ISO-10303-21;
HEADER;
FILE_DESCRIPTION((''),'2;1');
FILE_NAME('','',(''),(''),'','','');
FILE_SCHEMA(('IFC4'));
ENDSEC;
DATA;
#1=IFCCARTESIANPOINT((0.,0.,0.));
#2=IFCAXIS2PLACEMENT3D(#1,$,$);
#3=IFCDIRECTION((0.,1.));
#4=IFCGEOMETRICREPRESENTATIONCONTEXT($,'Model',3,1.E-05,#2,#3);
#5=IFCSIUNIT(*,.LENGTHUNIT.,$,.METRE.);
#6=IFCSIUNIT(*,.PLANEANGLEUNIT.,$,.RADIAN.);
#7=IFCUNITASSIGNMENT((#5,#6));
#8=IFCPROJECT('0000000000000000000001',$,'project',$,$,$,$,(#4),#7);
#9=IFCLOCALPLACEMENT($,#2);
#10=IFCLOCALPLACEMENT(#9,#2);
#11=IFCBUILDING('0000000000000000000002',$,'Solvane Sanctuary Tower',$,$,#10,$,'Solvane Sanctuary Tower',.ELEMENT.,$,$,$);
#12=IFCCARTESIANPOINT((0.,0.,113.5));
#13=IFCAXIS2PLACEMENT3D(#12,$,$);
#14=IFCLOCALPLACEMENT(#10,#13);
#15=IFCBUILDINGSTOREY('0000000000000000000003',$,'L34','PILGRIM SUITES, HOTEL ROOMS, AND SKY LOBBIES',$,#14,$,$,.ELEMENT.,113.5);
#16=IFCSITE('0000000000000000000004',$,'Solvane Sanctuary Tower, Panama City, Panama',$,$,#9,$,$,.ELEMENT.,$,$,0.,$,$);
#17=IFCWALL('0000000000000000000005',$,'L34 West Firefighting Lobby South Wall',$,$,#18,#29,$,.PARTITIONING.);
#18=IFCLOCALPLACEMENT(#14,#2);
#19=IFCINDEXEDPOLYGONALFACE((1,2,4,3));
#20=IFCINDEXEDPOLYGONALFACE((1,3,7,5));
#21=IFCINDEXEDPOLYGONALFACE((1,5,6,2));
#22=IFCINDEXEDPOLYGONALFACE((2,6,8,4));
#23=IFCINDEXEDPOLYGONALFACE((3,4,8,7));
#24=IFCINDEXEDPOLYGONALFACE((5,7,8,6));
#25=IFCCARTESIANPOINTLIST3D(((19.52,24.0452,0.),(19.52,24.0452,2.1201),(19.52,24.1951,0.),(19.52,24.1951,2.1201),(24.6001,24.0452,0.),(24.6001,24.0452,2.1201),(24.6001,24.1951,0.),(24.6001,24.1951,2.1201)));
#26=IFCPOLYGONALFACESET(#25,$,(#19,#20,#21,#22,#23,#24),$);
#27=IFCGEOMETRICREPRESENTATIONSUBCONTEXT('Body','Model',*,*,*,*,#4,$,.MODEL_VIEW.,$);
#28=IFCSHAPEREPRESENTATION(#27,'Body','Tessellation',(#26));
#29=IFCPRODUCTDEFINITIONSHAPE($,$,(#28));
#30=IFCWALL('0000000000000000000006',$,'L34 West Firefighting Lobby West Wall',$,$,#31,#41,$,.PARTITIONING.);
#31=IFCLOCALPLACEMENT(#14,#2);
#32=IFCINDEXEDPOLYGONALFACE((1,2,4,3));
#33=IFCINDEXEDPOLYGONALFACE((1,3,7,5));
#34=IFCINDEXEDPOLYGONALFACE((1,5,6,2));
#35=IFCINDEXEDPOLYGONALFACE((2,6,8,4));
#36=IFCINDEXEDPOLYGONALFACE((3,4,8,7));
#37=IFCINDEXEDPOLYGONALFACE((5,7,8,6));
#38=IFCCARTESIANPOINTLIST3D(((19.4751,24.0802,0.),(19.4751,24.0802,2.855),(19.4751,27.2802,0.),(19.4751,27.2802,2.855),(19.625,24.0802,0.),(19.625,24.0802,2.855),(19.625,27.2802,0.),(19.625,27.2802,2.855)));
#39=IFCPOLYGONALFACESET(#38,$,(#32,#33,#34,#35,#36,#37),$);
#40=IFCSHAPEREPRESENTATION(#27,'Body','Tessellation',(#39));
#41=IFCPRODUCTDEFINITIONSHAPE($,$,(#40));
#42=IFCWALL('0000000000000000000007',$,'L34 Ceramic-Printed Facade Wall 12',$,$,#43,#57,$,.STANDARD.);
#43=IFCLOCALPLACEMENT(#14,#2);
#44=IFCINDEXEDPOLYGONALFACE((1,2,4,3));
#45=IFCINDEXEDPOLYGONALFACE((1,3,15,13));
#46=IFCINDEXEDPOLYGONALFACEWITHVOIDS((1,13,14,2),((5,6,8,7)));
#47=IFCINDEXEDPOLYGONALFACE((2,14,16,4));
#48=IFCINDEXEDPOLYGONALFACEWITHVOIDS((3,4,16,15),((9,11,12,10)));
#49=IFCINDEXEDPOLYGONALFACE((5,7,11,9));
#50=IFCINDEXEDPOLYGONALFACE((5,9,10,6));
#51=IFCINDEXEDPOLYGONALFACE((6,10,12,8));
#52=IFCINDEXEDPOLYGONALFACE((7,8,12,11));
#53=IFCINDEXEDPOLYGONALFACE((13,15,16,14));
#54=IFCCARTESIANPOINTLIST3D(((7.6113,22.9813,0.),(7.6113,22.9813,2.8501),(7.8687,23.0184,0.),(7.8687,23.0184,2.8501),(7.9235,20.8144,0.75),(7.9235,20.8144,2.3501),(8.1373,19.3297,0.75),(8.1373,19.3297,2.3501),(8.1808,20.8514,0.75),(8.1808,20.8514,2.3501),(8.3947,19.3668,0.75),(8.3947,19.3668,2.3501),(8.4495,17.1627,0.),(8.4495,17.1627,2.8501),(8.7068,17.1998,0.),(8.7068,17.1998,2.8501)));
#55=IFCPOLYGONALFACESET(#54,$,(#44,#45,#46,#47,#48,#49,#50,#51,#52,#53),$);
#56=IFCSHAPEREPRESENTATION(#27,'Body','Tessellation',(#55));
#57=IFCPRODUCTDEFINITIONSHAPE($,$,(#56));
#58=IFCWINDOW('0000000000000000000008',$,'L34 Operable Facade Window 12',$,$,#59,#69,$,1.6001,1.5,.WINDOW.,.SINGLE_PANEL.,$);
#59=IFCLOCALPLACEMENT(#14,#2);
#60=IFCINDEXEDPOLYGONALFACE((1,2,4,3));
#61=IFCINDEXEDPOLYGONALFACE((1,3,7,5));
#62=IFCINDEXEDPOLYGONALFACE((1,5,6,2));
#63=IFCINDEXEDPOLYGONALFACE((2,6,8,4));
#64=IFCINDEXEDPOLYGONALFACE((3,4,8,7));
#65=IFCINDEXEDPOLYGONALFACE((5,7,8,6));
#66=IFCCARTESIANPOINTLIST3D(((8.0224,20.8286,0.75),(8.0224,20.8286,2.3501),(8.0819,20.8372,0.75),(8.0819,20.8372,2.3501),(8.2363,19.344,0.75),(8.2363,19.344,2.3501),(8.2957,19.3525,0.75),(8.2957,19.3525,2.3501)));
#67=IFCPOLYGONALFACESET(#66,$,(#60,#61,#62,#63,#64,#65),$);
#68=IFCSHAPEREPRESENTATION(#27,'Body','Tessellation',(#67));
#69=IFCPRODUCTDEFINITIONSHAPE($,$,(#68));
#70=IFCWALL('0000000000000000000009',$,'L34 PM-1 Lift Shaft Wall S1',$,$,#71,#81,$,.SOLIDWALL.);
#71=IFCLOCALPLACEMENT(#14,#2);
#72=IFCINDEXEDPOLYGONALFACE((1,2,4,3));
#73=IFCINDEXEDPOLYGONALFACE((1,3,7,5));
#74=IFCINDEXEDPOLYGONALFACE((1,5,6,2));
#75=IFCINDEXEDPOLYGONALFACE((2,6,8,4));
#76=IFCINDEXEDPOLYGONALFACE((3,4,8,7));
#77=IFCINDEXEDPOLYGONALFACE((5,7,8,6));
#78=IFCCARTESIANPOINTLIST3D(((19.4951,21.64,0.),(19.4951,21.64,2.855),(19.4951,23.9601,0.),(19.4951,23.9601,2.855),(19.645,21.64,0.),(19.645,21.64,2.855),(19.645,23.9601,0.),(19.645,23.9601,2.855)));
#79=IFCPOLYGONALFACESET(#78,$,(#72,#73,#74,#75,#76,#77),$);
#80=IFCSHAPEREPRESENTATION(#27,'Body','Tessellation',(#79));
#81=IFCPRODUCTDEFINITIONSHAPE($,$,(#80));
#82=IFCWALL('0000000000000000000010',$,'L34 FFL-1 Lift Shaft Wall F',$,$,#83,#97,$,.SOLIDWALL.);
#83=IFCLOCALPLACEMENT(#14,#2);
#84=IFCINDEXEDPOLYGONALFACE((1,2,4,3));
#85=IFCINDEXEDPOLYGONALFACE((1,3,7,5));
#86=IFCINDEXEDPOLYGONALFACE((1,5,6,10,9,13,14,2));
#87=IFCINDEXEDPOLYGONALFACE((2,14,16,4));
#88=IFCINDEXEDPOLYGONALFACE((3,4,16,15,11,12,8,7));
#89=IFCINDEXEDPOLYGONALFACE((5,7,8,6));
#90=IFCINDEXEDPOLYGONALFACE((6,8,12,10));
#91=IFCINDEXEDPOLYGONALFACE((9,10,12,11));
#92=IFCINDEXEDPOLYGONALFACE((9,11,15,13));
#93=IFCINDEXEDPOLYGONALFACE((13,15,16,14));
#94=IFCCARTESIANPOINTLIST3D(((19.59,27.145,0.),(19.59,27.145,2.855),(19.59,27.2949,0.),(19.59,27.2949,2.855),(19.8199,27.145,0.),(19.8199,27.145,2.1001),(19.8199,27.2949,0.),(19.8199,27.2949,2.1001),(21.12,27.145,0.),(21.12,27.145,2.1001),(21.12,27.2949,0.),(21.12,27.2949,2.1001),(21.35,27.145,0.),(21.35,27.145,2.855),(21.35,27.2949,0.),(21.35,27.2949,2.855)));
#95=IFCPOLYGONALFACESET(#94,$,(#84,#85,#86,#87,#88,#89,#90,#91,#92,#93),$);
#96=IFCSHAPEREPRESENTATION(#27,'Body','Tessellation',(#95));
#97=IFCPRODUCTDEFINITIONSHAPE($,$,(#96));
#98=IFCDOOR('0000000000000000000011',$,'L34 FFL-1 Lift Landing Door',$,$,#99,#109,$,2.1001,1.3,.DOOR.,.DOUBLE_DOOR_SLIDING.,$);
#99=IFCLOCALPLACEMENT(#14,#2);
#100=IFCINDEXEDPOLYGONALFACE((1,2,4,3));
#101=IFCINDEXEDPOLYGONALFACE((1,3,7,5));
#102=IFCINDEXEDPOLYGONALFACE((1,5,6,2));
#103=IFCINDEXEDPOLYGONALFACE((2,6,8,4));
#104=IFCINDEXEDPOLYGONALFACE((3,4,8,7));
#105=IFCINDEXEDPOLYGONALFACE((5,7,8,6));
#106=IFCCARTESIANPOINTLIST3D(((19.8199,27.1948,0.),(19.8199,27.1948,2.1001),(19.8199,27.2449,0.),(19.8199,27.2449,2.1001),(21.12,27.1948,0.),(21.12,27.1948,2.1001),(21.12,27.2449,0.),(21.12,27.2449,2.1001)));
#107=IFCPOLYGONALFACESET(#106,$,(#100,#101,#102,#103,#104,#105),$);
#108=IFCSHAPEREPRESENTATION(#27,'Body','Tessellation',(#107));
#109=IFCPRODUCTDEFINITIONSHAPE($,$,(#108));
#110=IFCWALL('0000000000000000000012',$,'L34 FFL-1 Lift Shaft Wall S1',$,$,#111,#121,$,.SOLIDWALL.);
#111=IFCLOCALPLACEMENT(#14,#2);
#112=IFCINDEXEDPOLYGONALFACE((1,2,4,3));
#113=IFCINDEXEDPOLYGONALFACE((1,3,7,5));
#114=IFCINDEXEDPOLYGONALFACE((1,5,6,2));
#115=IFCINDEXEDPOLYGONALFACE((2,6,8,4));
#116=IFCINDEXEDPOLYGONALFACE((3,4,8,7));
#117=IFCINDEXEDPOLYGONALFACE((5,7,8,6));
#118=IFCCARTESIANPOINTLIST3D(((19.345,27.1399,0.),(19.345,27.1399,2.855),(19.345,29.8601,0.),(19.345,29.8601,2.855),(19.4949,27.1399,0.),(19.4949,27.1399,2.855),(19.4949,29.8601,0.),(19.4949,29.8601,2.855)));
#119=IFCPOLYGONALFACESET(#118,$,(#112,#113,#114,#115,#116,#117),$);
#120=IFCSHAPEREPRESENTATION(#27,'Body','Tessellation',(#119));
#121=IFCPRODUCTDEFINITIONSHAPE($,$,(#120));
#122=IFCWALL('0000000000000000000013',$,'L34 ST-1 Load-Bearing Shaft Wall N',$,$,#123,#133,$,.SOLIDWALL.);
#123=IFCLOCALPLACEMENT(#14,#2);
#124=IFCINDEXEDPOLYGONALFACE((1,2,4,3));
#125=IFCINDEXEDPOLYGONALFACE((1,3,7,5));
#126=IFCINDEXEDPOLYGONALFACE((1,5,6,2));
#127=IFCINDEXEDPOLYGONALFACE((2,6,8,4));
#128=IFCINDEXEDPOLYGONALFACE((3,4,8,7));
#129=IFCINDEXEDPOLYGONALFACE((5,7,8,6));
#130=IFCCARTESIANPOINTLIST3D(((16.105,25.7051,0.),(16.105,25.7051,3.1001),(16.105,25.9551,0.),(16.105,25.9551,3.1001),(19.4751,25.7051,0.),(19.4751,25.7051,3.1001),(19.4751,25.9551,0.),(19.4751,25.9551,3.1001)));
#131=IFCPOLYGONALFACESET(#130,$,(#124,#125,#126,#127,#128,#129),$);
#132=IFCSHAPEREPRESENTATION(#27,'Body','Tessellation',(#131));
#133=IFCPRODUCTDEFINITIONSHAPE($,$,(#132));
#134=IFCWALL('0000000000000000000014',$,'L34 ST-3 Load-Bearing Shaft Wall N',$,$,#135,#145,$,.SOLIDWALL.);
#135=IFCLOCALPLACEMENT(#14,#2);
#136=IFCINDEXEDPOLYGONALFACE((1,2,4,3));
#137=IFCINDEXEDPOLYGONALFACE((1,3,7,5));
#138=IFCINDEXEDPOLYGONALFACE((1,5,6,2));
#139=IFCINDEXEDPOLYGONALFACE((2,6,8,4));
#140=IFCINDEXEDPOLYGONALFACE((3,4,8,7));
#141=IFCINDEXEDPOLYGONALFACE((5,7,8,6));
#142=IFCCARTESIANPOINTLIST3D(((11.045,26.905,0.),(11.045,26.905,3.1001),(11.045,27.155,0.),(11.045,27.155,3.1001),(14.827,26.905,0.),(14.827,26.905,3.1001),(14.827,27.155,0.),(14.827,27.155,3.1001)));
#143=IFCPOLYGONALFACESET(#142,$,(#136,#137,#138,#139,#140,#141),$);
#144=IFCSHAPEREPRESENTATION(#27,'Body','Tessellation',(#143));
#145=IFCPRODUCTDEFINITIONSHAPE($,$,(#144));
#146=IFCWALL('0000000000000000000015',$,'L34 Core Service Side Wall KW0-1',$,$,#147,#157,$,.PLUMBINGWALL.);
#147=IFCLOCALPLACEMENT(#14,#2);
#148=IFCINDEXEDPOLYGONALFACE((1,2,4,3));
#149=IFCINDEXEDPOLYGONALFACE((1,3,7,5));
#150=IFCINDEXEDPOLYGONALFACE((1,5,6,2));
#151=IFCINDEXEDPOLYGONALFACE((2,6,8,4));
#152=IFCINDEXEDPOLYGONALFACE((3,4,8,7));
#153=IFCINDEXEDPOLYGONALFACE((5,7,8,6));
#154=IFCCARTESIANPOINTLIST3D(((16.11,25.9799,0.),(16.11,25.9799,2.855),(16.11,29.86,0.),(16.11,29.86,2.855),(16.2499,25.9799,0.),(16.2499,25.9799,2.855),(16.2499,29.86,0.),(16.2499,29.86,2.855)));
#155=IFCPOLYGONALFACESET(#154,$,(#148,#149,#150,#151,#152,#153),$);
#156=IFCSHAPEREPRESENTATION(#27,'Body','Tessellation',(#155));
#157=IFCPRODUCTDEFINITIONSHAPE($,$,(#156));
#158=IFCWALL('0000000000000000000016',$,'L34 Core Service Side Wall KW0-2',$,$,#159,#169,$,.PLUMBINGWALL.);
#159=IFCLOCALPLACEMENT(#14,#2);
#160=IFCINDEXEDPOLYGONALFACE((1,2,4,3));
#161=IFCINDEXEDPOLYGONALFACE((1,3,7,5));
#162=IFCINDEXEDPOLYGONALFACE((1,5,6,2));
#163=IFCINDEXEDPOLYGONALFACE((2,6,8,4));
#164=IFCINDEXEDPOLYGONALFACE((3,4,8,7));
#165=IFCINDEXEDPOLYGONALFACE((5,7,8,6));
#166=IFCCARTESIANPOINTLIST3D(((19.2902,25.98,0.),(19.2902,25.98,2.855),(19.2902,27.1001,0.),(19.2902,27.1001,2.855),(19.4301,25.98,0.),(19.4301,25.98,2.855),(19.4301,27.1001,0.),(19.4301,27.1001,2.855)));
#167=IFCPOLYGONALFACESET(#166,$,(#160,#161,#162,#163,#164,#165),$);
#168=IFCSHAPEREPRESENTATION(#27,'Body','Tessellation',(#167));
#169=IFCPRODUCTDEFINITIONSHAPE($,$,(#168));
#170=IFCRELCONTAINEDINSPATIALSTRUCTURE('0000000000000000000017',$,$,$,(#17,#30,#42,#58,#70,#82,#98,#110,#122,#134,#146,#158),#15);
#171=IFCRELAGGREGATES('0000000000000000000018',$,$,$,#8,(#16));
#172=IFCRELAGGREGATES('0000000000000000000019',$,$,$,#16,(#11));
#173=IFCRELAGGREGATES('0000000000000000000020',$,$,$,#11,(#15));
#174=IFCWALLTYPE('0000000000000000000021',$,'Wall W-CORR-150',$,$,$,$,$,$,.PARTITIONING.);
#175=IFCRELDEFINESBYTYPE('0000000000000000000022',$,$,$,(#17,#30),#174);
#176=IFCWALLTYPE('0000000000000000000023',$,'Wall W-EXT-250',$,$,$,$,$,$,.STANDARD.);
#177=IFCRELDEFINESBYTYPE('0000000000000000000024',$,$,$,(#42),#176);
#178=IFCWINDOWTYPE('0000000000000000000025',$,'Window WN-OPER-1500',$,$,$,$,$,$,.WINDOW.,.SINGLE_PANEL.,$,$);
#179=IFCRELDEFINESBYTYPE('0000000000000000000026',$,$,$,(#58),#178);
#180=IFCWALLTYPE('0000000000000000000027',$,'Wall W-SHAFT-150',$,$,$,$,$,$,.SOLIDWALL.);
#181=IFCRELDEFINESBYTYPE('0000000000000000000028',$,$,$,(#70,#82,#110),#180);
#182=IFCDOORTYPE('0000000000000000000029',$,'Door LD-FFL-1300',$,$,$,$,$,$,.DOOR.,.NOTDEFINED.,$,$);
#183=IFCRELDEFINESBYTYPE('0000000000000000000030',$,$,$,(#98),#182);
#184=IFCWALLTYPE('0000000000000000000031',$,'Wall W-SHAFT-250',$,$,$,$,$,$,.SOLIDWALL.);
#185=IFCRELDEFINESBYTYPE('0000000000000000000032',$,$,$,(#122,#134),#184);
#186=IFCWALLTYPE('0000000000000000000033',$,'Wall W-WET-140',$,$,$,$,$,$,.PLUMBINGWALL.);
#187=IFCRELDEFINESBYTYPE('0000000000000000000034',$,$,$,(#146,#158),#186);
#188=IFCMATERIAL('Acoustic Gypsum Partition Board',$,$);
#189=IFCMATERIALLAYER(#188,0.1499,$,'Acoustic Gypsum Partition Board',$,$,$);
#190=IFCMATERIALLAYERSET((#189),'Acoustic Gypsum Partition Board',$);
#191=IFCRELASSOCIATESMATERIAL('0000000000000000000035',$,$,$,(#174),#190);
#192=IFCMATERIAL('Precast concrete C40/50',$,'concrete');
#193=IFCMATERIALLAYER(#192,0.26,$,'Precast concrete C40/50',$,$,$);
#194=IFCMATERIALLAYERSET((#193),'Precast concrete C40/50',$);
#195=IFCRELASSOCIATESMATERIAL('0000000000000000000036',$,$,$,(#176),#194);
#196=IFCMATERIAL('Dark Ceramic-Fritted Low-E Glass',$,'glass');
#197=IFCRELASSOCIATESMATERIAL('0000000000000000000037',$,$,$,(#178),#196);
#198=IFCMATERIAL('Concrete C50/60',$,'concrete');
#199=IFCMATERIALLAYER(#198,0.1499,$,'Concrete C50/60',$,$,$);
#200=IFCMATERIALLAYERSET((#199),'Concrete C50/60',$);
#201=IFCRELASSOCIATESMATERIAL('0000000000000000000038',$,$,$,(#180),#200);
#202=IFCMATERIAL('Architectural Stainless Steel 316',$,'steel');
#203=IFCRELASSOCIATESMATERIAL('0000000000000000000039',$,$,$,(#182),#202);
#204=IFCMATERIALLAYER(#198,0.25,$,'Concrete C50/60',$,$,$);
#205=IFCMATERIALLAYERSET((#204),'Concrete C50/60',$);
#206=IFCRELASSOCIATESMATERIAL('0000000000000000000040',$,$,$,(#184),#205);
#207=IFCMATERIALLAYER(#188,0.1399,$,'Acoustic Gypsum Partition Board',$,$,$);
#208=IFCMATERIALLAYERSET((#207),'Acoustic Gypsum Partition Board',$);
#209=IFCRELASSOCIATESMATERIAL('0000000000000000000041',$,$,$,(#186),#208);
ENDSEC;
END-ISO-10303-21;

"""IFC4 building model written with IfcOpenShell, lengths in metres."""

from ifc_helpers import new_model, si_unit, direction, frame, frame_2d, origin, place, context, subcontext, project, spatial, rectangle, extrude, material, layer, layer_set, type_object, element, fill, save


model = new_model("IFC4")

# Units and contexts
model_context = context("Model", 3, precision=1e-05, world=origin(), true_north=direction((0.0, 1.0)))
body_context = subcontext(model_context, "Body", "Model", "MODEL_VIEW")
ifc_project = project(units=[si_unit("LENGTHUNIT", "METRE"), si_unit("PLANEANGLEUNIT", "RADIAN")], contexts=[model_context])

# Site, building, storey
site_placement = place(None, origin())
site = spatial("IfcSite", under=ifc_project, at=site_placement, Name="Solvane Sanctuary Tower, Panama City, Panama", CompositionType="ELEMENT", RefElevation=0.0)
building_placement = place(site_placement, origin())
building = spatial("IfcBuilding", under=site, at=building_placement, Name="Solvane Sanctuary Tower", LongName="Solvane Sanctuary Tower", CompositionType="ELEMENT")
storey_placement = place(building_placement, frame((0.0, 0.0, 113.5)))
storey = spatial("IfcBuildingStorey", under=building, at=storey_placement, Name="L34", Description="PILGRIM SUITES, HOTEL ROOMS, AND SKY LOBBIES", CompositionType="ELEMENT", Elevation=113.5)

# Walls
ifc_material_1 = material(Name="Acoustic Gypsum Partition Board")
ifc_layer_1 = layer(ifc_material_1, 0.1499, Name="Acoustic Gypsum Partition Board")
ifc_layer_set_1 = layer_set([ifc_layer_1], Name="Acoustic Gypsum Partition Board")
wall_type_1 = type_object("IfcWallType", Name="Wall W-CORR-150", PredefinedType="PARTITIONING", material=ifc_layer_set_1)
wall_1_placement = place(storey_placement, frame((19.52, 24.1201, 0.0), z_axis=(0.0, 0.0, 1.0), x_axis=(1.0, 0.0, 0.0)))
element("IfcWall", 1, at=wall_1_placement, inside=storey, type_object=wall_type_1, Name="L34 West Firefighting Lobby South Wall", PredefinedType="PARTITIONING", context=body_context, shape_type="SweptSolid", body=[
    extrude(rectangle(XDim=5.0801, YDim=0.1499, at=frame_2d((2.54, 0.0))), origin(), (0.0, 0.0, 1.0), 2.1201),
])
wall_2_placement = place(storey_placement, frame((19.55, 24.0801, 0.0), z_axis=(0.0, 0.0, 1.0), x_axis=(0.0, 1.0, 0.0)))
element("IfcWall", 2, at=wall_2_placement, inside=storey, type_object=wall_type_1, Name="L34 West Firefighting Lobby West Wall", PredefinedType="PARTITIONING", context=body_context, shape_type="SweptSolid", body=[
    extrude(rectangle(XDim=3.2, YDim=0.1499, at=frame_2d((1.6001, 0.0))), origin(), (0.0, 0.0, 1.0), 2.855),
])

# Wall, opening, window
ifc_material_2 = material(Name="Precast concrete C40/50", Category="concrete")
ifc_layer_2 = layer(ifc_material_2, 0.26, Name="Precast concrete C40/50")
ifc_layer_set_2 = layer_set([ifc_layer_2], Name="Precast concrete C40/50")
wall_type_2 = type_object("IfcWallType", Name="Wall W-EXT-250", PredefinedType="STANDARD", material=ifc_layer_set_2)
wall_3_placement = place(storey_placement, frame((7.74, 23.0, 0.0), z_axis=(0.0, 0.0, 1.0), x_axis=(0.142572, -0.989784, 0.0)))
wall_3 = element("IfcWall", 3, at=wall_3_placement, inside=storey, type_object=wall_type_2, Name="L34 Ceramic-Printed Facade Wall 12", PredefinedType="STANDARD", context=body_context, shape_type="SweptSolid", body=[
    extrude(rectangle(XDim=5.8787, YDim=0.26, at=frame_2d((2.9395, 0.0))), origin(), (0.0, 0.0, 1.0), 2.8501),
])
opening_1_placement = place(wall_3_placement, frame((2.1895, 0.0, 0.75)))
opening_1 = element("IfcOpeningElement", 4, at=opening_1_placement, cuts=wall_3, PredefinedType="OPENING", context=body_context, shape_type="SweptSolid", body=[
    extrude(rectangle(XDim=1.5, YDim=1.6001, at=frame_2d((0.75, 0.8))), frame((0.0, 0.1399, 0.0), z_axis=(0.0, -1.0, 0.0), x_axis=(1.0, 0.0, 0.0)), (0.0, 0.0, 1.0), 0.28),
])
ifc_material_3 = material(Name="Dark Ceramic-Fritted Low-E Glass", Category="glass")
window_type = type_object("IfcWindowType", Name="Window WN-OPER-1500", PartitioningType="SINGLE_PANEL", PredefinedType="WINDOW", material=ifc_material_3)
window_placement = place(opening_1_placement, origin())
window = element("IfcWindow", 5, at=window_placement, inside=storey, type_object=window_type, Name="L34 Operable Facade Window 12", OverallHeight=1.6001, OverallWidth=1.5, PartitioningType="SINGLE_PANEL", PredefinedType="WINDOW", context=body_context, shape_type="SweptSolid", body=[
    extrude(rectangle(XDim=1.5, YDim=1.6001, at=frame_2d((0.75, 0.8))), frame((0.0, 0.03, 0.0), z_axis=(0.0, -1.0, 0.0), x_axis=(1.0, 0.0, 0.0)), (0.0, 0.0, 1.0), 0.0601),
])
fill(opening_1, window)

# Wall
ifc_material_4 = material(Name="Concrete C50/60", Category="concrete")
ifc_layer_3 = layer(ifc_material_4, 0.1499, Name="Concrete C50/60")
ifc_layer_set_3 = layer_set([ifc_layer_3], Name="Concrete C50/60")
wall_type_3 = type_object("IfcWallType", Name="Wall W-SHAFT-150", PredefinedType="SOLIDWALL", material=ifc_layer_set_3)
wall_4_placement = place(storey_placement, frame((19.5701, 21.6399, 0.0), z_axis=(0.0, 0.0, 1.0), x_axis=(0.0, 1.0, 0.0)))
element("IfcWall", 6, at=wall_4_placement, inside=storey, type_object=wall_type_3, Name="L34 PM-1 Lift Shaft Wall S1", PredefinedType="SOLIDWALL", context=body_context, shape_type="SweptSolid", body=[
    extrude(rectangle(XDim=2.3201, YDim=0.1499, at=frame_2d((1.1602, 0.0))), origin(), (0.0, 0.0, 1.0), 2.855),
])

# Wall, opening, door
wall_5_placement = place(storey_placement, frame((19.5901, 27.22, 0.0), z_axis=(0.0, 0.0, 1.0), x_axis=(1.0, 0.0, 0.0)))
wall_5 = element("IfcWall", 7, at=wall_5_placement, inside=storey, type_object=wall_type_3, Name="L34 FFL-1 Lift Shaft Wall F", PredefinedType="SOLIDWALL", context=body_context, shape_type="SweptSolid", body=[
    extrude(rectangle(XDim=1.76, YDim=0.1499, at=frame_2d((0.8799, 0.0))), origin(), (0.0, 0.0, 1.0), 2.855),
])
opening_2_placement = place(wall_5_placement, frame((0.23, 0.0, 0.0)))
opening_2 = element("IfcOpeningElement", 8, at=opening_2_placement, cuts=wall_5, PredefinedType="OPENING", context=body_context, shape_type="SweptSolid", body=[
    extrude(rectangle(XDim=1.3, YDim=2.1001, at=frame_2d((0.6499, 1.05))), frame((0.0, 0.085, 0.0), z_axis=(0.0, -1.0, 0.0), x_axis=(1.0, 0.0, 0.0)), (0.0, 0.0, 1.0), 0.1699),
])
ifc_material_5 = material(Name="Architectural Stainless Steel 316", Category="steel")
door_type = type_object("IfcDoorType", Name="Door LD-FFL-1300", OperationType="NOTDEFINED", PredefinedType="DOOR", material=ifc_material_5)
door_placement = place(opening_2_placement, origin())
door = element("IfcDoor", 9, at=door_placement, inside=storey, type_object=door_type, Name="L34 FFL-1 Lift Landing Door", OperationType="DOUBLE_DOOR_SLIDING", OverallHeight=2.1001, OverallWidth=1.3, PredefinedType="DOOR", context=body_context, shape_type="SweptSolid", body=[
    extrude(rectangle(XDim=1.3, YDim=2.1001, at=frame_2d((0.6499, 1.05))), frame((0.0, 0.0249, 0.0), z_axis=(0.0, -1.0, 0.0), x_axis=(1.0, 0.0, 0.0)), (0.0, 0.0, 1.0), 0.05),
])
fill(opening_2, door)

# Walls
wall_6_placement = place(storey_placement, frame((19.4199, 27.1399, 0.0), z_axis=(0.0, 0.0, 1.0), x_axis=(0.0, 1.0, 0.0)))
element("IfcWall", 10, at=wall_6_placement, inside=storey, type_object=wall_type_3, Name="L34 FFL-1 Lift Shaft Wall S1", PredefinedType="SOLIDWALL", context=body_context, shape_type="SweptSolid", body=[
    extrude(rectangle(XDim=2.7202, YDim=0.1499, at=frame_2d((1.3601, 0.0))), origin(), (0.0, 0.0, 1.0), 2.855),
])
ifc_layer_4 = layer(ifc_material_4, 0.25, Name="Concrete C50/60")
ifc_layer_set_4 = layer_set([ifc_layer_4], Name="Concrete C50/60")
wall_type_4 = type_object("IfcWallType", Name="Wall W-SHAFT-250", PredefinedType="SOLIDWALL", material=ifc_layer_set_4)
wall_7_placement = place(storey_placement, frame((16.105, 25.8301, 0.0), z_axis=(0.0, 0.0, 1.0), x_axis=(1.0, 0.0, 0.0)))
element("IfcWall", 11, at=wall_7_placement, inside=storey, type_object=wall_type_4, Name="L34 ST-1 Load-Bearing Shaft Wall N", PredefinedType="SOLIDWALL", context=body_context, shape_type="SweptSolid", body=[
    extrude(rectangle(XDim=3.3701, YDim=0.25, at=frame_2d((1.6851, 0.0))), origin(), (0.0, 0.0, 1.0), 3.1001),
])
wall_8_placement = place(storey_placement, frame((11.0449, 27.03, 0.0), z_axis=(0.0, 0.0, 1.0), x_axis=(1.0, 0.0, 0.0)))
element("IfcWall", 12, at=wall_8_placement, inside=storey, type_object=wall_type_4, Name="L34 ST-3 Load-Bearing Shaft Wall N", PredefinedType="SOLIDWALL", context=body_context, shape_type="SweptSolid", body=[
    extrude(rectangle(XDim=3.782, YDim=0.25, at=frame_2d((1.8911, 0.0))), origin(), (0.0, 0.0, 1.0), 3.1001),
])
ifc_layer_5 = layer(ifc_material_1, 0.1399, Name="Acoustic Gypsum Partition Board")
ifc_layer_set_5 = layer_set([ifc_layer_5], Name="Acoustic Gypsum Partition Board")
wall_type_5 = type_object("IfcWallType", Name="Wall W-WET-140", PredefinedType="PLUMBINGWALL", material=ifc_layer_set_5)
wall_9_placement = place(storey_placement, frame((16.1799, 25.98, 0.0), z_axis=(0.0, 0.0, 1.0), x_axis=(0.0, 1.0, 0.0)))
element("IfcWall", 13, at=wall_9_placement, inside=storey, type_object=wall_type_5, Name="L34 Core Service Side Wall KW0-1", PredefinedType="PLUMBINGWALL", context=body_context, shape_type="SweptSolid", body=[
    extrude(rectangle(XDim=3.8801, YDim=0.1399, at=frame_2d((1.9399, 0.0))), origin(), (0.0, 0.0, 1.0), 2.855),
])
wall_10_placement = place(storey_placement, frame((19.3601, 25.98, 0.0), z_axis=(0.0, 0.0, 1.0), x_axis=(0.0, 1.0, 0.0)))
element("IfcWall", 14, at=wall_10_placement, inside=storey, type_object=wall_type_5, Name="L34 Core Service Side Wall KW0-2", PredefinedType="PLUMBINGWALL", context=body_context, shape_type="SweptSolid", body=[
    extrude(rectangle(XDim=1.1201, YDim=0.1399, at=frame_2d((0.5601, 0.0))), origin(), (0.0, 0.0, 1.0), 2.855),
])

save(model, "model.ifc")
